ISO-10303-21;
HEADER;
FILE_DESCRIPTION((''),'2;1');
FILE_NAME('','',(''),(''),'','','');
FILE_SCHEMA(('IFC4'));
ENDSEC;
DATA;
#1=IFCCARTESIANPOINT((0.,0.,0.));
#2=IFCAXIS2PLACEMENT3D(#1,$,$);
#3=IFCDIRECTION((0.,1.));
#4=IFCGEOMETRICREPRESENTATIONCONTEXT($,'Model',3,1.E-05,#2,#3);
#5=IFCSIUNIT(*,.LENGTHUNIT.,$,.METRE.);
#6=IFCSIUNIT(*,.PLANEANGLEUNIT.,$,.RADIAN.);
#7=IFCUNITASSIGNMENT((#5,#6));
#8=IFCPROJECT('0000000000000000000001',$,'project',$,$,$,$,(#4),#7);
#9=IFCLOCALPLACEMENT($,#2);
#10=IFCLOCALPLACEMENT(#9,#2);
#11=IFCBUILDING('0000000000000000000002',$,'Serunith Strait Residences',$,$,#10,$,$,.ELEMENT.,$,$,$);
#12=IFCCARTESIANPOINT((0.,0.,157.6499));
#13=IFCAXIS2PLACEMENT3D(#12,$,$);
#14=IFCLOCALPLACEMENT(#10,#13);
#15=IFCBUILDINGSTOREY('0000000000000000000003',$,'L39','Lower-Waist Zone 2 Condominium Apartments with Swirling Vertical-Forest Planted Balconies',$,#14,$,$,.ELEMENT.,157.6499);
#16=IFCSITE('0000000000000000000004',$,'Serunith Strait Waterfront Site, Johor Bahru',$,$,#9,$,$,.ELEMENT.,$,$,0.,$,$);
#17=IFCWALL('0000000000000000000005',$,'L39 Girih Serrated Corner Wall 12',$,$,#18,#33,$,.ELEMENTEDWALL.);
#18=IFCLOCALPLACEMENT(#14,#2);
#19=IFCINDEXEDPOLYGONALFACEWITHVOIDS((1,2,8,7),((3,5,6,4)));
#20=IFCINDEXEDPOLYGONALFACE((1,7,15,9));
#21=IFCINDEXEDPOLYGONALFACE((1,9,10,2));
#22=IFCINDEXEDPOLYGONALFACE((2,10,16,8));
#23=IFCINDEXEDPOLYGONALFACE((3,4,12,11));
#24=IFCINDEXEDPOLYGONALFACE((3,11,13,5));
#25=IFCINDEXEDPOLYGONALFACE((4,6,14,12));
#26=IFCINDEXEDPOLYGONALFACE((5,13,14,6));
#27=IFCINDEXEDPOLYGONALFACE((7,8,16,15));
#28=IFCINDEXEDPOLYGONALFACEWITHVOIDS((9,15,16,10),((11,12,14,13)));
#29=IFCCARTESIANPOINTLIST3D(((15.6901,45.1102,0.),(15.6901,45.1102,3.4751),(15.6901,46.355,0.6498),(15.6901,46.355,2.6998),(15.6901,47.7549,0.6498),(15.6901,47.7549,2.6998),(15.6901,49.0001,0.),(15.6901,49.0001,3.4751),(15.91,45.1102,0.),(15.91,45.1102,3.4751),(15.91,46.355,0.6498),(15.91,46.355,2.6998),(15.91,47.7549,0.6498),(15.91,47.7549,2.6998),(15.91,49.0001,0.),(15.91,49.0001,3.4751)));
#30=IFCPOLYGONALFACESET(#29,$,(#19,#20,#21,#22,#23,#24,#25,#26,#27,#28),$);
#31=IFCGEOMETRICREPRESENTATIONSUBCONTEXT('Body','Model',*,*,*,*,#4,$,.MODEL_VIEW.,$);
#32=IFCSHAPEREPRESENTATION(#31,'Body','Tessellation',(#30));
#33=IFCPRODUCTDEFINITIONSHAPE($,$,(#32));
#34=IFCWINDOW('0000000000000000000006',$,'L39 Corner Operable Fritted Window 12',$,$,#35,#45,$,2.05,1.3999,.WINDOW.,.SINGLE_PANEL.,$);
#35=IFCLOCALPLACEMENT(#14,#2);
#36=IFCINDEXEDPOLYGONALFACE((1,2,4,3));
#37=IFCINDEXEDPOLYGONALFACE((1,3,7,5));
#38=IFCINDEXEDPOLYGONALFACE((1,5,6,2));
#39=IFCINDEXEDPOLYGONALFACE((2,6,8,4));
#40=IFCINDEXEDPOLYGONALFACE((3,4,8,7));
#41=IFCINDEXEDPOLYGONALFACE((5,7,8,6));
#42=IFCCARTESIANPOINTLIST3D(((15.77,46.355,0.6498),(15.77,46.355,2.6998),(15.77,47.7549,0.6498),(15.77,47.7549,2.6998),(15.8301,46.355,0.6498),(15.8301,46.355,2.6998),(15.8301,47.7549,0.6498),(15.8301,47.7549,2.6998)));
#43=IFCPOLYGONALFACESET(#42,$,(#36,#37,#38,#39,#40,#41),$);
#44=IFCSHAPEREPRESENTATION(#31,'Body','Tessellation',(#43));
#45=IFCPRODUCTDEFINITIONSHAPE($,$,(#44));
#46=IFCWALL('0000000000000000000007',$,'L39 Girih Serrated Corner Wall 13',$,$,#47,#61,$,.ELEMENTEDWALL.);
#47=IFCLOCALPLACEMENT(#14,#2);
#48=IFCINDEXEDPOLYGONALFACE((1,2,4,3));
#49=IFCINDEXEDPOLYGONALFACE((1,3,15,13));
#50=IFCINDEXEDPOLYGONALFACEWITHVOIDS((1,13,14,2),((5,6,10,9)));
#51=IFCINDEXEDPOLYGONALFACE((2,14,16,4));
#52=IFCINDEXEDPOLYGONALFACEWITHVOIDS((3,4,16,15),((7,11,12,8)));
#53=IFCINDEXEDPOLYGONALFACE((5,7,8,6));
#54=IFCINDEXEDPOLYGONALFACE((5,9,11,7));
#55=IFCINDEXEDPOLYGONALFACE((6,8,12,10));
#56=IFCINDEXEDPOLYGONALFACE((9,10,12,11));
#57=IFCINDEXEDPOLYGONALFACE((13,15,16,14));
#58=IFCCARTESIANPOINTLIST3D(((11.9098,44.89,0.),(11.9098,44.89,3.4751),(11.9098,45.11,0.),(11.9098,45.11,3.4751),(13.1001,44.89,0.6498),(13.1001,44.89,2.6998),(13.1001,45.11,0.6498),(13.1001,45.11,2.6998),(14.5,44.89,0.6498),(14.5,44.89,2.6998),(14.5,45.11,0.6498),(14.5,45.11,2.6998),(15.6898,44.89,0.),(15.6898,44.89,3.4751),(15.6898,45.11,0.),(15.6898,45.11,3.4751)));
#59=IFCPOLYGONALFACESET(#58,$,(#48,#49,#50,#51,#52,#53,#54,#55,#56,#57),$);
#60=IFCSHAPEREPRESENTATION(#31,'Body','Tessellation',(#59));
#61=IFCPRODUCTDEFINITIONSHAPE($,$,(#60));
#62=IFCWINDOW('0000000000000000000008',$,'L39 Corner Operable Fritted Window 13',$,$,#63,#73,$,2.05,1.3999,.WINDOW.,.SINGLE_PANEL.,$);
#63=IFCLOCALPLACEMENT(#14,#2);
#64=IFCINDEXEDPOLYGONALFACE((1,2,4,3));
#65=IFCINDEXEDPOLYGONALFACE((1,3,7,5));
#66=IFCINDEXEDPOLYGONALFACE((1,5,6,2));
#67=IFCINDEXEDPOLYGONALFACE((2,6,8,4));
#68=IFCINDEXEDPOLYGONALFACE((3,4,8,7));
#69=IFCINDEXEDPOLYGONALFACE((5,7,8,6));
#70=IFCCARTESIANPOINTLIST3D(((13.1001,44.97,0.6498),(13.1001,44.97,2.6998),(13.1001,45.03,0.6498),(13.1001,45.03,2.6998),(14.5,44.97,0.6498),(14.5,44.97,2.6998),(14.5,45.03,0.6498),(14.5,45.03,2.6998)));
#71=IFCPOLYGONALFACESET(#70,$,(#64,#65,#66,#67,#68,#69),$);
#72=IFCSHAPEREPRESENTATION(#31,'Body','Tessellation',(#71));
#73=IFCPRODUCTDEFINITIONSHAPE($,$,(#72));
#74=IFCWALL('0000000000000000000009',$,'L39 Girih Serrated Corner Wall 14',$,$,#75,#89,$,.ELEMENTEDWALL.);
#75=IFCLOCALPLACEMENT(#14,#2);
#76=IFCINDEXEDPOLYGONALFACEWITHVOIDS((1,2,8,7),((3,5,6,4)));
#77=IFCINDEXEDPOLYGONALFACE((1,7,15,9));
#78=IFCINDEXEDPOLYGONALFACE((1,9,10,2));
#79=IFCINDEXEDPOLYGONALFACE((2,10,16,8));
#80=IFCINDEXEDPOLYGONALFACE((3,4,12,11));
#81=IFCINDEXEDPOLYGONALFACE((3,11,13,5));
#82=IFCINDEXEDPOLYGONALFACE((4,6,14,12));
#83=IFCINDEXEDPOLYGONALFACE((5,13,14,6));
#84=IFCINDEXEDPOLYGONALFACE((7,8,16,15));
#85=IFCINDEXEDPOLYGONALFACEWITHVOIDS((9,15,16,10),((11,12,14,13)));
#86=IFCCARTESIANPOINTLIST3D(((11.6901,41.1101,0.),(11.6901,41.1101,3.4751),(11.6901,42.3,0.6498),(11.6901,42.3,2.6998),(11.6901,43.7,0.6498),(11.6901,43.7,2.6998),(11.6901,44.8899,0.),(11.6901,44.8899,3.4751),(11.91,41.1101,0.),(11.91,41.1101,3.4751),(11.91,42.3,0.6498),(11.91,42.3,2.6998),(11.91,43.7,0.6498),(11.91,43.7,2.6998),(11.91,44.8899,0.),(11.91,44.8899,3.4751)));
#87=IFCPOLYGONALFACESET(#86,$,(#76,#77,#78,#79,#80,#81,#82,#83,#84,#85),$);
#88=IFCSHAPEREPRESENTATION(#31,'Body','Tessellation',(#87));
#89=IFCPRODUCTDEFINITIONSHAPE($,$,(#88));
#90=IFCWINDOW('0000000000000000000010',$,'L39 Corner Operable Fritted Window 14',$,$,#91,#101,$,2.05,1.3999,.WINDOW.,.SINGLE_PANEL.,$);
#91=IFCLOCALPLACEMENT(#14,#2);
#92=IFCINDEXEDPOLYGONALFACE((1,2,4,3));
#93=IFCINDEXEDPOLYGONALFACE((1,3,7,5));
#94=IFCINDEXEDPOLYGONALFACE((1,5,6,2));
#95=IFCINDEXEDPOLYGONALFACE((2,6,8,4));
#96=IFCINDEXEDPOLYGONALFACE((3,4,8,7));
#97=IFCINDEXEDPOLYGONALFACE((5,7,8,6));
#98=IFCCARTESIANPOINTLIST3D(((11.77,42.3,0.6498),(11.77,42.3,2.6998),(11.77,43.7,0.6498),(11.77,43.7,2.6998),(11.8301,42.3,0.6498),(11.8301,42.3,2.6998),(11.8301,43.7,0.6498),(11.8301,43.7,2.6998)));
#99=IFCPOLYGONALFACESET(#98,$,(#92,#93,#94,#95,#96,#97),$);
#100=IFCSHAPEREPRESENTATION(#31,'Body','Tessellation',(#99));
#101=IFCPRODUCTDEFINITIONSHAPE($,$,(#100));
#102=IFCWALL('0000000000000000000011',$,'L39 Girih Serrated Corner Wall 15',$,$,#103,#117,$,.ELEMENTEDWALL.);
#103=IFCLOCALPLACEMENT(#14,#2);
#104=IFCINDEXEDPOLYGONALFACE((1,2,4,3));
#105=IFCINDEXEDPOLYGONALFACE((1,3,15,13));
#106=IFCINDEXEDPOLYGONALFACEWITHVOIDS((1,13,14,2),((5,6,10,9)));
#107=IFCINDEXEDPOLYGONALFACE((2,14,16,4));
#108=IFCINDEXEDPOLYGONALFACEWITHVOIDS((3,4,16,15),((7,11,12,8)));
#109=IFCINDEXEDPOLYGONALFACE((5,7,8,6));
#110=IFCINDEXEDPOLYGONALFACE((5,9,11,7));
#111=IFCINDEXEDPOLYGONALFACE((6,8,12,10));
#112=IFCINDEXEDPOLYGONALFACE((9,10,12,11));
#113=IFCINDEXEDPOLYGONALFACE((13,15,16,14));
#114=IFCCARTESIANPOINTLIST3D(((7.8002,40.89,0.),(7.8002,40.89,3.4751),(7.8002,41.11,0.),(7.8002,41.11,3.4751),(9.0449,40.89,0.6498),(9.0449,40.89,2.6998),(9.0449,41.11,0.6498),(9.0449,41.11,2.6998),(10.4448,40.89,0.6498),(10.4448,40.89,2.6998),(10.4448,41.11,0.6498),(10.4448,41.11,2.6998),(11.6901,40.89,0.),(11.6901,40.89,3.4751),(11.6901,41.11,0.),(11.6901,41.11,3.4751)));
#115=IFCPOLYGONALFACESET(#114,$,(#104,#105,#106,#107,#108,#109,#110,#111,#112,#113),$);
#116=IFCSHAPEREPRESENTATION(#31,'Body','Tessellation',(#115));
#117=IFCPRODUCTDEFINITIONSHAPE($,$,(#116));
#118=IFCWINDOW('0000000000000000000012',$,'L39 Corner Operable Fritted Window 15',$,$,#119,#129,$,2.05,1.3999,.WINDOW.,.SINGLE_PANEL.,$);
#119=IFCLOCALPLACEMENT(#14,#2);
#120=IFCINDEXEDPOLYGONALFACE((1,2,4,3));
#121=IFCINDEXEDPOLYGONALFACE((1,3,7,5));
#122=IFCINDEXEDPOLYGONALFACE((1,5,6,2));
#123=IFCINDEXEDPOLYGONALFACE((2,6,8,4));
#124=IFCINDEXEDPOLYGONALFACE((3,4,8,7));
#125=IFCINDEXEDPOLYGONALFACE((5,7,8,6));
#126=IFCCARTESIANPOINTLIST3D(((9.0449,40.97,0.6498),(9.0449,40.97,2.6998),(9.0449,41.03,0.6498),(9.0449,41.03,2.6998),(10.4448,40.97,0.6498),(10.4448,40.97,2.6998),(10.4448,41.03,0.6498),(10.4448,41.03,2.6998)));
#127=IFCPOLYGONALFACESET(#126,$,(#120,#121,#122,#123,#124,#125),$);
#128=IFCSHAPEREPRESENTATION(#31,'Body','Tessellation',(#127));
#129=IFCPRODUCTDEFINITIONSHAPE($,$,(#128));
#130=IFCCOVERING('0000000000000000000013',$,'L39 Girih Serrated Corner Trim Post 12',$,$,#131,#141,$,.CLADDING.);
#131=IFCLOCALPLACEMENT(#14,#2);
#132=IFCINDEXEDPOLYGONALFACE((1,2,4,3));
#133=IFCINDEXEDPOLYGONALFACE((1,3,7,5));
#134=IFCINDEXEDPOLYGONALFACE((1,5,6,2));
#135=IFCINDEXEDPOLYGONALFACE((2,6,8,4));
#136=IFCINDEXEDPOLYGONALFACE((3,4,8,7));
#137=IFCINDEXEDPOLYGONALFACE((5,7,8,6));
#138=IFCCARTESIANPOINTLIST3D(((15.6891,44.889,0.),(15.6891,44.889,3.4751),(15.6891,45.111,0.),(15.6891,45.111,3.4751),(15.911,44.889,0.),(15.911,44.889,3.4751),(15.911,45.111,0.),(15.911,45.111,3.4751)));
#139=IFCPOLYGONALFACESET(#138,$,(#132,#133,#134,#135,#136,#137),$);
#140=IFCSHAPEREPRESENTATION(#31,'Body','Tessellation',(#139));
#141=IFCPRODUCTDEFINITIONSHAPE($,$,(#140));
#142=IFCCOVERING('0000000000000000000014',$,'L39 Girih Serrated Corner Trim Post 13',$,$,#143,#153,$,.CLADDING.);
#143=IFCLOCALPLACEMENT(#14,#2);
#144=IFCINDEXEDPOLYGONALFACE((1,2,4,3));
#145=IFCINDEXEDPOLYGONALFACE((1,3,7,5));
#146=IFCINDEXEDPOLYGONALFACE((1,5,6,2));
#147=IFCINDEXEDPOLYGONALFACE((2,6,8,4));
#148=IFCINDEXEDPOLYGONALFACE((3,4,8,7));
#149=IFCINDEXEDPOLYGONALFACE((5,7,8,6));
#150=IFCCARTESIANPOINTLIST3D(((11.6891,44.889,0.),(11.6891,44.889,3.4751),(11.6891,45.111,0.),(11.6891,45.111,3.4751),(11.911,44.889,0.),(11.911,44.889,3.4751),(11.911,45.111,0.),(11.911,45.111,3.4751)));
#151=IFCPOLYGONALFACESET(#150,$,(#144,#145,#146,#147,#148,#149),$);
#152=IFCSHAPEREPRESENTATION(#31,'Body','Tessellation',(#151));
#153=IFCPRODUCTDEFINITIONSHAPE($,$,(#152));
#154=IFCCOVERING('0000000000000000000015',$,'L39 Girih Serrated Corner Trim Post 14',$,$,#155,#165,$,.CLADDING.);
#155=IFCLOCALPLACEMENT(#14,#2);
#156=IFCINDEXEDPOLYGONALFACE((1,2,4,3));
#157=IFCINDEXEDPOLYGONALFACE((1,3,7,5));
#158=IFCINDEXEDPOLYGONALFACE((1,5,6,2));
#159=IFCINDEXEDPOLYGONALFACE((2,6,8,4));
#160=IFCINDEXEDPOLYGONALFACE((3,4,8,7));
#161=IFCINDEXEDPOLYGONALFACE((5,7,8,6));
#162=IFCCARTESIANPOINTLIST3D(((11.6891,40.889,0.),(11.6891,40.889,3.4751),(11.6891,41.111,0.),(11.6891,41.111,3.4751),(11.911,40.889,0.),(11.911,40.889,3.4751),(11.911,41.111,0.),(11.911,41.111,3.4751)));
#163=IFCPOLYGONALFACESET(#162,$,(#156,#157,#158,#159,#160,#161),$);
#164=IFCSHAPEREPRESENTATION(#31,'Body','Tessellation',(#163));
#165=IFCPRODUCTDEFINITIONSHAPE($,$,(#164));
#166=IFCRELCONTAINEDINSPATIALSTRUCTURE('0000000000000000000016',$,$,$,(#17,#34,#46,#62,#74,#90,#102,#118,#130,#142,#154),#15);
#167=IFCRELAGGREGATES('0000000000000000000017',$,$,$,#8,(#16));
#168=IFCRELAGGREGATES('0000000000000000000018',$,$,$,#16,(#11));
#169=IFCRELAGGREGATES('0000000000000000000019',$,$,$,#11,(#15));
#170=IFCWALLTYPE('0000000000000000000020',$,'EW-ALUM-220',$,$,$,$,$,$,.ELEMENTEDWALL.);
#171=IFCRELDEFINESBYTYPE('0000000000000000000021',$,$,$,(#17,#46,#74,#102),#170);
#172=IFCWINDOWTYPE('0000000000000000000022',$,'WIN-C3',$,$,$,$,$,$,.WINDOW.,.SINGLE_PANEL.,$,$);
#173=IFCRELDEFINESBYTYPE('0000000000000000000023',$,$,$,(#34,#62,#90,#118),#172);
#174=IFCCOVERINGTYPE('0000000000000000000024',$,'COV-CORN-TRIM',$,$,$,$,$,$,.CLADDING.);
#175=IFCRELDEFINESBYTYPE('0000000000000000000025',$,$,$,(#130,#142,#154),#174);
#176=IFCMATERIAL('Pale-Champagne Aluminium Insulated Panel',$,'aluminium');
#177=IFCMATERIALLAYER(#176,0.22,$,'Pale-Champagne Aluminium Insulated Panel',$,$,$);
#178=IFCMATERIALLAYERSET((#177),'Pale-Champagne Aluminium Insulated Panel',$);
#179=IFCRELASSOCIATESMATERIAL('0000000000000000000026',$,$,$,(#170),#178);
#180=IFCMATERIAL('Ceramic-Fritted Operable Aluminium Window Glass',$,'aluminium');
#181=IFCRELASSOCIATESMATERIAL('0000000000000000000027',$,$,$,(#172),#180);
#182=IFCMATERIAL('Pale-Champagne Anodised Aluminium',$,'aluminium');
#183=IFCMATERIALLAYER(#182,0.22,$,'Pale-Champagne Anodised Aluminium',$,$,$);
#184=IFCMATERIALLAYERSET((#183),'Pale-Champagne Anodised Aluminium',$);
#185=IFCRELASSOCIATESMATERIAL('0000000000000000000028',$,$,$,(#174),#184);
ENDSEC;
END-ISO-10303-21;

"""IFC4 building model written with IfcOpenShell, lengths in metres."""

from ifc_helpers import new_model, si_unit, direction, frame, frame_2d, origin, origin_2d, place, context, subcontext, project, spatial, rectangle, extrude, source, transform, mapped, material, layer, layer_set, type_object, element, fill, save


model = new_model("IFC4")

# Units and contexts
model_context = context("Model", 3, precision=1e-05, world=origin(), true_north=direction((0.0, 1.0)))
body_context = subcontext(model_context, "Body", "Model", "MODEL_VIEW")
ifc_project = project(units=[si_unit("LENGTHUNIT", "METRE"), si_unit("PLANEANGLEUNIT", "RADIAN")], contexts=[model_context])

# Site, building, storey
site_placement = place(None, origin())
site = spatial("IfcSite", under=ifc_project, at=site_placement, Name="Serunith Strait Waterfront Site, Johor Bahru", CompositionType="ELEMENT", RefElevation=0.0)
building_placement = place(site_placement, origin())
building = spatial("IfcBuilding", under=site, at=building_placement, Name="Serunith Strait Residences", CompositionType="ELEMENT")
storey_placement = place(building_placement, frame((0.0, 0.0, 157.6499)))
storey = spatial("IfcBuildingStorey", under=building, at=storey_placement, Name="L39", Description="Lower-Waist Zone 2 Condominium Apartments with Swirling Vertical-Forest Planted Balconies", CompositionType="ELEMENT", Elevation=157.6499)

# Shared definitions
ifc_material_1 = material(Name="Pale-Champagne Anodised Aluminium", Category="aluminium")

# Walls, openings, windows
ifc_material_2 = material(Name="Pale-Champagne Aluminium Insulated Panel", Category="aluminium")
ifc_layer_1 = layer(ifc_material_2, 0.22, Name="Pale-Champagne Aluminium Insulated Panel")
ifc_layer_set_1 = layer_set([ifc_layer_1], Name="Pale-Champagne Aluminium Insulated Panel")
wall_type = type_object("IfcWallType", Name="EW-ALUM-220", PredefinedType="ELEMENTEDWALL", material=ifc_layer_set_1)
wall_1_placement = place(storey_placement, frame((15.8, 49.0, 0.0), z_axis=(0.0, 0.0, 1.0), x_axis=(0.0, -1.0, 0.0)))
wall_1 = element("IfcWall", 1, at=wall_1_placement, inside=storey, type_object=wall_type, Name="L39 Girih Serrated Corner Wall 12", PredefinedType="ELEMENTEDWALL", context=body_context, shape_type="SweptSolid", body=[
    extrude(rectangle(XDim=3.8899, YDim=0.22, at=frame_2d((1.9448, 0.0))), origin(), (0.0, 0.0, 1.0), 3.4751),
])
opening_1_placement = place(wall_1_placement, frame((1.2451, 0.0, 0.6499)))
opening_1 = element("IfcOpeningElement", 2, at=opening_1_placement, cuts=wall_1, PredefinedType="OPENING", context=body_context, shape_type="SweptSolid", body=[
    extrude(rectangle(XDim=1.3999, YDim=2.05, at=frame_2d((0.7, 1.0249))), frame((0.0, 0.1201, 0.0), z_axis=(0.0, -1.0, 0.0), x_axis=(1.0, 0.0, 0.0)), (0.0, 0.0, 1.0), 0.24),
])
ifc_material_3 = material(Name="Ceramic-Fritted Operable Aluminium Window Glass", Category="aluminium")
window_type = type_object("IfcWindowType", Name="WIN-C3", PartitioningType="SINGLE_PANEL", PredefinedType="WINDOW", material=ifc_material_3)
shared_shape_1 = source(origin(), body_context, "Body", "SweptSolid", [
    extrude(rectangle(XDim=1.3999, YDim=2.05, at=frame_2d((0.7, 1.0249))), frame((0.0, 0.03, 0.0), z_axis=(0.0, -1.0, 0.0), x_axis=(1.0, 0.0, 0.0)), (0.0, 0.0, 1.0), 0.0601),
])
window_1_placement = place(opening_1_placement, origin())
window_1 = element("IfcWindow", 3, at=window_1_placement, inside=storey, type_object=window_type, Name="L39 Corner Operable Fritted Window 12", OverallHeight=2.05, OverallWidth=1.3999, PartitioningType="SINGLE_PANEL", PredefinedType="WINDOW", context=body_context, shape_type="MappedRepresentation", body=[
    mapped(shared_shape_1, transform((0.0, 0.0, 0.0), scale=1.0)),
])
fill(opening_1, window_1)
wall_2_placement = place(storey_placement, frame((15.6899, 45.0, 0.0), z_axis=(0.0, 0.0, 1.0), x_axis=(-1.0, 0.0, 0.0)))
wall_2 = element("IfcWall", 4, at=wall_2_placement, inside=storey, type_object=wall_type, Name="L39 Girih Serrated Corner Wall 13", PredefinedType="ELEMENTEDWALL", context=body_context, shape_type="SweptSolid", body=[
    extrude(rectangle(XDim=3.78, YDim=0.22, at=frame_2d((1.8901, 0.0))), origin(), (0.0, 0.0, 1.0), 3.4751),
])
opening_2_placement = place(wall_2_placement, frame((1.1899, 0.0, 0.6499)))
opening_2 = element("IfcOpeningElement", 5, at=opening_2_placement, cuts=wall_2, PredefinedType="OPENING", context=body_context, shape_type="SweptSolid", body=[
    extrude(rectangle(XDim=1.3999, YDim=2.05, at=frame_2d((0.7, 1.0249))), frame((0.0, 0.1201, 0.0), z_axis=(0.0, -1.0, 0.0), x_axis=(1.0, 0.0, 0.0)), (0.0, 0.0, 1.0), 0.24),
])
window_2_placement = place(opening_2_placement, origin())
window_2 = element("IfcWindow", 6, at=window_2_placement, inside=storey, type_object=window_type, Name="L39 Corner Operable Fritted Window 13", OverallHeight=2.05, OverallWidth=1.3999, PartitioningType="SINGLE_PANEL", PredefinedType="WINDOW", context=body_context, shape_type="MappedRepresentation", body=[
    mapped(shared_shape_1, transform((0.0, 0.0, 0.0), scale=1.0)),
])
fill(opening_2, window_2)
wall_3_placement = place(storey_placement, frame((11.8, 44.8899, 0.0), z_axis=(0.0, 0.0, 1.0), x_axis=(0.0, -1.0, 0.0)))
wall_3 = element("IfcWall", 7, at=wall_3_placement, inside=storey, type_object=wall_type, Name="L39 Girih Serrated Corner Wall 14", PredefinedType="ELEMENTEDWALL", context=body_context, shape_type="SweptSolid", body=[
    extrude(rectangle(XDim=3.7798, YDim=0.22, at=frame_2d((1.8899, 0.0))), origin(), (0.0, 0.0, 1.0), 3.4751),
])
opening_3_placement = place(wall_3_placement, frame((1.1899, 0.0, 0.6499)))
opening_3 = element("IfcOpeningElement", 8, at=opening_3_placement, cuts=wall_3, PredefinedType="OPENING", context=body_context, shape_type="SweptSolid", body=[
    extrude(rectangle(XDim=1.3999, YDim=2.05, at=frame_2d((0.7, 1.0249))), frame((0.0, 0.1201, 0.0), z_axis=(0.0, -1.0, 0.0), x_axis=(1.0, 0.0, 0.0)), (0.0, 0.0, 1.0), 0.24),
])
window_3_placement = place(opening_3_placement, origin())
window_3 = element("IfcWindow", 9, at=window_3_placement, inside=storey, type_object=window_type, Name="L39 Corner Operable Fritted Window 14", OverallHeight=2.05, OverallWidth=1.3999, PartitioningType="SINGLE_PANEL", PredefinedType="WINDOW", context=body_context, shape_type="MappedRepresentation", body=[
    mapped(shared_shape_1, transform((0.0, 0.0, 0.0), scale=1.0)),
])
fill(opening_3, window_3)
wall_4_placement = place(storey_placement, frame((11.6899, 41.0, 0.0), z_axis=(0.0, 0.0, 1.0), x_axis=(-1.0, 0.0, 0.0)))
wall_4 = element("IfcWall", 10, at=wall_4_placement, inside=storey, type_object=wall_type, Name="L39 Girih Serrated Corner Wall 15", PredefinedType="ELEMENTEDWALL", context=body_context, shape_type="SweptSolid", body=[
    extrude(rectangle(XDim=3.8899, YDim=0.22, at=frame_2d((1.9448, 0.0))), origin(), (0.0, 0.0, 1.0), 3.4751),
])
opening_4_placement = place(wall_4_placement, frame((1.2451, 0.0, 0.6499)))
opening_4 = element("IfcOpeningElement", 11, at=opening_4_placement, cuts=wall_4, PredefinedType="OPENING", context=body_context, shape_type="SweptSolid", body=[
    extrude(rectangle(XDim=1.3999, YDim=2.05, at=frame_2d((0.7, 1.0249))), frame((0.0, 0.1201, 0.0), z_axis=(0.0, -1.0, 0.0), x_axis=(1.0, 0.0, 0.0)), (0.0, 0.0, 1.0), 0.24),
])
window_4_placement = place(opening_4_placement, origin())
window_4 = element("IfcWindow", 12, at=window_4_placement, inside=storey, type_object=window_type, Name="L39 Corner Operable Fritted Window 15", OverallHeight=2.05, OverallWidth=1.3999, PartitioningType="SINGLE_PANEL", PredefinedType="WINDOW", context=body_context, shape_type="MappedRepresentation", body=[
    mapped(shared_shape_1, transform((0.0, 0.0, 0.0), scale=1.0)),
])
fill(opening_4, window_4)

# Coverings
ifc_layer_2 = layer(ifc_material_1, 0.22, Name="Pale-Champagne Anodised Aluminium")
ifc_layer_set_2 = layer_set([ifc_layer_2], Name="Pale-Champagne Anodised Aluminium")
covering_type = type_object("IfcCoveringType", Name="COV-CORN-TRIM", PredefinedType="CLADDING", material=ifc_layer_set_2)
shared_shape_2 = source(origin(), body_context, "Body", "SweptSolid", [
    extrude(rectangle(XDim=0.2219, YDim=0.2219, at=origin_2d()), origin(), (0.0, 0.0, 1.0), 3.4751),
])
for number, where, z_axis, x_axis, name in (
    (13, (15.8, 45.0, 0.0), (0.0, 0.0, 1.0), (1.0, 0.0, 0.0), "L39 Girih Serrated Corner Trim Post 12"),
    (14, (11.8, 45.0, 0.0), (0.0, 0.0, 1.0), (1.0, 0.0, 0.0), "L39 Girih Serrated Corner Trim Post 13"),
    (15, (11.8, 41.0, 0.0), (0.0, 0.0, 1.0), (1.0, 0.0, 0.0), "L39 Girih Serrated Corner Trim Post 14"),
):
    element("IfcCovering", number, at=place(storey_placement, frame(where, z_axis=z_axis, x_axis=x_axis)), inside=storey, type_object=covering_type, Name=name, PredefinedType="CLADDING", context=body_context, shape_type="MappedRepresentation", body=[
        mapped(shared_shape_2, transform((0.0, 0.0, 0.0), scale=1.0)),
    ])

save(model, "model.ifc")
